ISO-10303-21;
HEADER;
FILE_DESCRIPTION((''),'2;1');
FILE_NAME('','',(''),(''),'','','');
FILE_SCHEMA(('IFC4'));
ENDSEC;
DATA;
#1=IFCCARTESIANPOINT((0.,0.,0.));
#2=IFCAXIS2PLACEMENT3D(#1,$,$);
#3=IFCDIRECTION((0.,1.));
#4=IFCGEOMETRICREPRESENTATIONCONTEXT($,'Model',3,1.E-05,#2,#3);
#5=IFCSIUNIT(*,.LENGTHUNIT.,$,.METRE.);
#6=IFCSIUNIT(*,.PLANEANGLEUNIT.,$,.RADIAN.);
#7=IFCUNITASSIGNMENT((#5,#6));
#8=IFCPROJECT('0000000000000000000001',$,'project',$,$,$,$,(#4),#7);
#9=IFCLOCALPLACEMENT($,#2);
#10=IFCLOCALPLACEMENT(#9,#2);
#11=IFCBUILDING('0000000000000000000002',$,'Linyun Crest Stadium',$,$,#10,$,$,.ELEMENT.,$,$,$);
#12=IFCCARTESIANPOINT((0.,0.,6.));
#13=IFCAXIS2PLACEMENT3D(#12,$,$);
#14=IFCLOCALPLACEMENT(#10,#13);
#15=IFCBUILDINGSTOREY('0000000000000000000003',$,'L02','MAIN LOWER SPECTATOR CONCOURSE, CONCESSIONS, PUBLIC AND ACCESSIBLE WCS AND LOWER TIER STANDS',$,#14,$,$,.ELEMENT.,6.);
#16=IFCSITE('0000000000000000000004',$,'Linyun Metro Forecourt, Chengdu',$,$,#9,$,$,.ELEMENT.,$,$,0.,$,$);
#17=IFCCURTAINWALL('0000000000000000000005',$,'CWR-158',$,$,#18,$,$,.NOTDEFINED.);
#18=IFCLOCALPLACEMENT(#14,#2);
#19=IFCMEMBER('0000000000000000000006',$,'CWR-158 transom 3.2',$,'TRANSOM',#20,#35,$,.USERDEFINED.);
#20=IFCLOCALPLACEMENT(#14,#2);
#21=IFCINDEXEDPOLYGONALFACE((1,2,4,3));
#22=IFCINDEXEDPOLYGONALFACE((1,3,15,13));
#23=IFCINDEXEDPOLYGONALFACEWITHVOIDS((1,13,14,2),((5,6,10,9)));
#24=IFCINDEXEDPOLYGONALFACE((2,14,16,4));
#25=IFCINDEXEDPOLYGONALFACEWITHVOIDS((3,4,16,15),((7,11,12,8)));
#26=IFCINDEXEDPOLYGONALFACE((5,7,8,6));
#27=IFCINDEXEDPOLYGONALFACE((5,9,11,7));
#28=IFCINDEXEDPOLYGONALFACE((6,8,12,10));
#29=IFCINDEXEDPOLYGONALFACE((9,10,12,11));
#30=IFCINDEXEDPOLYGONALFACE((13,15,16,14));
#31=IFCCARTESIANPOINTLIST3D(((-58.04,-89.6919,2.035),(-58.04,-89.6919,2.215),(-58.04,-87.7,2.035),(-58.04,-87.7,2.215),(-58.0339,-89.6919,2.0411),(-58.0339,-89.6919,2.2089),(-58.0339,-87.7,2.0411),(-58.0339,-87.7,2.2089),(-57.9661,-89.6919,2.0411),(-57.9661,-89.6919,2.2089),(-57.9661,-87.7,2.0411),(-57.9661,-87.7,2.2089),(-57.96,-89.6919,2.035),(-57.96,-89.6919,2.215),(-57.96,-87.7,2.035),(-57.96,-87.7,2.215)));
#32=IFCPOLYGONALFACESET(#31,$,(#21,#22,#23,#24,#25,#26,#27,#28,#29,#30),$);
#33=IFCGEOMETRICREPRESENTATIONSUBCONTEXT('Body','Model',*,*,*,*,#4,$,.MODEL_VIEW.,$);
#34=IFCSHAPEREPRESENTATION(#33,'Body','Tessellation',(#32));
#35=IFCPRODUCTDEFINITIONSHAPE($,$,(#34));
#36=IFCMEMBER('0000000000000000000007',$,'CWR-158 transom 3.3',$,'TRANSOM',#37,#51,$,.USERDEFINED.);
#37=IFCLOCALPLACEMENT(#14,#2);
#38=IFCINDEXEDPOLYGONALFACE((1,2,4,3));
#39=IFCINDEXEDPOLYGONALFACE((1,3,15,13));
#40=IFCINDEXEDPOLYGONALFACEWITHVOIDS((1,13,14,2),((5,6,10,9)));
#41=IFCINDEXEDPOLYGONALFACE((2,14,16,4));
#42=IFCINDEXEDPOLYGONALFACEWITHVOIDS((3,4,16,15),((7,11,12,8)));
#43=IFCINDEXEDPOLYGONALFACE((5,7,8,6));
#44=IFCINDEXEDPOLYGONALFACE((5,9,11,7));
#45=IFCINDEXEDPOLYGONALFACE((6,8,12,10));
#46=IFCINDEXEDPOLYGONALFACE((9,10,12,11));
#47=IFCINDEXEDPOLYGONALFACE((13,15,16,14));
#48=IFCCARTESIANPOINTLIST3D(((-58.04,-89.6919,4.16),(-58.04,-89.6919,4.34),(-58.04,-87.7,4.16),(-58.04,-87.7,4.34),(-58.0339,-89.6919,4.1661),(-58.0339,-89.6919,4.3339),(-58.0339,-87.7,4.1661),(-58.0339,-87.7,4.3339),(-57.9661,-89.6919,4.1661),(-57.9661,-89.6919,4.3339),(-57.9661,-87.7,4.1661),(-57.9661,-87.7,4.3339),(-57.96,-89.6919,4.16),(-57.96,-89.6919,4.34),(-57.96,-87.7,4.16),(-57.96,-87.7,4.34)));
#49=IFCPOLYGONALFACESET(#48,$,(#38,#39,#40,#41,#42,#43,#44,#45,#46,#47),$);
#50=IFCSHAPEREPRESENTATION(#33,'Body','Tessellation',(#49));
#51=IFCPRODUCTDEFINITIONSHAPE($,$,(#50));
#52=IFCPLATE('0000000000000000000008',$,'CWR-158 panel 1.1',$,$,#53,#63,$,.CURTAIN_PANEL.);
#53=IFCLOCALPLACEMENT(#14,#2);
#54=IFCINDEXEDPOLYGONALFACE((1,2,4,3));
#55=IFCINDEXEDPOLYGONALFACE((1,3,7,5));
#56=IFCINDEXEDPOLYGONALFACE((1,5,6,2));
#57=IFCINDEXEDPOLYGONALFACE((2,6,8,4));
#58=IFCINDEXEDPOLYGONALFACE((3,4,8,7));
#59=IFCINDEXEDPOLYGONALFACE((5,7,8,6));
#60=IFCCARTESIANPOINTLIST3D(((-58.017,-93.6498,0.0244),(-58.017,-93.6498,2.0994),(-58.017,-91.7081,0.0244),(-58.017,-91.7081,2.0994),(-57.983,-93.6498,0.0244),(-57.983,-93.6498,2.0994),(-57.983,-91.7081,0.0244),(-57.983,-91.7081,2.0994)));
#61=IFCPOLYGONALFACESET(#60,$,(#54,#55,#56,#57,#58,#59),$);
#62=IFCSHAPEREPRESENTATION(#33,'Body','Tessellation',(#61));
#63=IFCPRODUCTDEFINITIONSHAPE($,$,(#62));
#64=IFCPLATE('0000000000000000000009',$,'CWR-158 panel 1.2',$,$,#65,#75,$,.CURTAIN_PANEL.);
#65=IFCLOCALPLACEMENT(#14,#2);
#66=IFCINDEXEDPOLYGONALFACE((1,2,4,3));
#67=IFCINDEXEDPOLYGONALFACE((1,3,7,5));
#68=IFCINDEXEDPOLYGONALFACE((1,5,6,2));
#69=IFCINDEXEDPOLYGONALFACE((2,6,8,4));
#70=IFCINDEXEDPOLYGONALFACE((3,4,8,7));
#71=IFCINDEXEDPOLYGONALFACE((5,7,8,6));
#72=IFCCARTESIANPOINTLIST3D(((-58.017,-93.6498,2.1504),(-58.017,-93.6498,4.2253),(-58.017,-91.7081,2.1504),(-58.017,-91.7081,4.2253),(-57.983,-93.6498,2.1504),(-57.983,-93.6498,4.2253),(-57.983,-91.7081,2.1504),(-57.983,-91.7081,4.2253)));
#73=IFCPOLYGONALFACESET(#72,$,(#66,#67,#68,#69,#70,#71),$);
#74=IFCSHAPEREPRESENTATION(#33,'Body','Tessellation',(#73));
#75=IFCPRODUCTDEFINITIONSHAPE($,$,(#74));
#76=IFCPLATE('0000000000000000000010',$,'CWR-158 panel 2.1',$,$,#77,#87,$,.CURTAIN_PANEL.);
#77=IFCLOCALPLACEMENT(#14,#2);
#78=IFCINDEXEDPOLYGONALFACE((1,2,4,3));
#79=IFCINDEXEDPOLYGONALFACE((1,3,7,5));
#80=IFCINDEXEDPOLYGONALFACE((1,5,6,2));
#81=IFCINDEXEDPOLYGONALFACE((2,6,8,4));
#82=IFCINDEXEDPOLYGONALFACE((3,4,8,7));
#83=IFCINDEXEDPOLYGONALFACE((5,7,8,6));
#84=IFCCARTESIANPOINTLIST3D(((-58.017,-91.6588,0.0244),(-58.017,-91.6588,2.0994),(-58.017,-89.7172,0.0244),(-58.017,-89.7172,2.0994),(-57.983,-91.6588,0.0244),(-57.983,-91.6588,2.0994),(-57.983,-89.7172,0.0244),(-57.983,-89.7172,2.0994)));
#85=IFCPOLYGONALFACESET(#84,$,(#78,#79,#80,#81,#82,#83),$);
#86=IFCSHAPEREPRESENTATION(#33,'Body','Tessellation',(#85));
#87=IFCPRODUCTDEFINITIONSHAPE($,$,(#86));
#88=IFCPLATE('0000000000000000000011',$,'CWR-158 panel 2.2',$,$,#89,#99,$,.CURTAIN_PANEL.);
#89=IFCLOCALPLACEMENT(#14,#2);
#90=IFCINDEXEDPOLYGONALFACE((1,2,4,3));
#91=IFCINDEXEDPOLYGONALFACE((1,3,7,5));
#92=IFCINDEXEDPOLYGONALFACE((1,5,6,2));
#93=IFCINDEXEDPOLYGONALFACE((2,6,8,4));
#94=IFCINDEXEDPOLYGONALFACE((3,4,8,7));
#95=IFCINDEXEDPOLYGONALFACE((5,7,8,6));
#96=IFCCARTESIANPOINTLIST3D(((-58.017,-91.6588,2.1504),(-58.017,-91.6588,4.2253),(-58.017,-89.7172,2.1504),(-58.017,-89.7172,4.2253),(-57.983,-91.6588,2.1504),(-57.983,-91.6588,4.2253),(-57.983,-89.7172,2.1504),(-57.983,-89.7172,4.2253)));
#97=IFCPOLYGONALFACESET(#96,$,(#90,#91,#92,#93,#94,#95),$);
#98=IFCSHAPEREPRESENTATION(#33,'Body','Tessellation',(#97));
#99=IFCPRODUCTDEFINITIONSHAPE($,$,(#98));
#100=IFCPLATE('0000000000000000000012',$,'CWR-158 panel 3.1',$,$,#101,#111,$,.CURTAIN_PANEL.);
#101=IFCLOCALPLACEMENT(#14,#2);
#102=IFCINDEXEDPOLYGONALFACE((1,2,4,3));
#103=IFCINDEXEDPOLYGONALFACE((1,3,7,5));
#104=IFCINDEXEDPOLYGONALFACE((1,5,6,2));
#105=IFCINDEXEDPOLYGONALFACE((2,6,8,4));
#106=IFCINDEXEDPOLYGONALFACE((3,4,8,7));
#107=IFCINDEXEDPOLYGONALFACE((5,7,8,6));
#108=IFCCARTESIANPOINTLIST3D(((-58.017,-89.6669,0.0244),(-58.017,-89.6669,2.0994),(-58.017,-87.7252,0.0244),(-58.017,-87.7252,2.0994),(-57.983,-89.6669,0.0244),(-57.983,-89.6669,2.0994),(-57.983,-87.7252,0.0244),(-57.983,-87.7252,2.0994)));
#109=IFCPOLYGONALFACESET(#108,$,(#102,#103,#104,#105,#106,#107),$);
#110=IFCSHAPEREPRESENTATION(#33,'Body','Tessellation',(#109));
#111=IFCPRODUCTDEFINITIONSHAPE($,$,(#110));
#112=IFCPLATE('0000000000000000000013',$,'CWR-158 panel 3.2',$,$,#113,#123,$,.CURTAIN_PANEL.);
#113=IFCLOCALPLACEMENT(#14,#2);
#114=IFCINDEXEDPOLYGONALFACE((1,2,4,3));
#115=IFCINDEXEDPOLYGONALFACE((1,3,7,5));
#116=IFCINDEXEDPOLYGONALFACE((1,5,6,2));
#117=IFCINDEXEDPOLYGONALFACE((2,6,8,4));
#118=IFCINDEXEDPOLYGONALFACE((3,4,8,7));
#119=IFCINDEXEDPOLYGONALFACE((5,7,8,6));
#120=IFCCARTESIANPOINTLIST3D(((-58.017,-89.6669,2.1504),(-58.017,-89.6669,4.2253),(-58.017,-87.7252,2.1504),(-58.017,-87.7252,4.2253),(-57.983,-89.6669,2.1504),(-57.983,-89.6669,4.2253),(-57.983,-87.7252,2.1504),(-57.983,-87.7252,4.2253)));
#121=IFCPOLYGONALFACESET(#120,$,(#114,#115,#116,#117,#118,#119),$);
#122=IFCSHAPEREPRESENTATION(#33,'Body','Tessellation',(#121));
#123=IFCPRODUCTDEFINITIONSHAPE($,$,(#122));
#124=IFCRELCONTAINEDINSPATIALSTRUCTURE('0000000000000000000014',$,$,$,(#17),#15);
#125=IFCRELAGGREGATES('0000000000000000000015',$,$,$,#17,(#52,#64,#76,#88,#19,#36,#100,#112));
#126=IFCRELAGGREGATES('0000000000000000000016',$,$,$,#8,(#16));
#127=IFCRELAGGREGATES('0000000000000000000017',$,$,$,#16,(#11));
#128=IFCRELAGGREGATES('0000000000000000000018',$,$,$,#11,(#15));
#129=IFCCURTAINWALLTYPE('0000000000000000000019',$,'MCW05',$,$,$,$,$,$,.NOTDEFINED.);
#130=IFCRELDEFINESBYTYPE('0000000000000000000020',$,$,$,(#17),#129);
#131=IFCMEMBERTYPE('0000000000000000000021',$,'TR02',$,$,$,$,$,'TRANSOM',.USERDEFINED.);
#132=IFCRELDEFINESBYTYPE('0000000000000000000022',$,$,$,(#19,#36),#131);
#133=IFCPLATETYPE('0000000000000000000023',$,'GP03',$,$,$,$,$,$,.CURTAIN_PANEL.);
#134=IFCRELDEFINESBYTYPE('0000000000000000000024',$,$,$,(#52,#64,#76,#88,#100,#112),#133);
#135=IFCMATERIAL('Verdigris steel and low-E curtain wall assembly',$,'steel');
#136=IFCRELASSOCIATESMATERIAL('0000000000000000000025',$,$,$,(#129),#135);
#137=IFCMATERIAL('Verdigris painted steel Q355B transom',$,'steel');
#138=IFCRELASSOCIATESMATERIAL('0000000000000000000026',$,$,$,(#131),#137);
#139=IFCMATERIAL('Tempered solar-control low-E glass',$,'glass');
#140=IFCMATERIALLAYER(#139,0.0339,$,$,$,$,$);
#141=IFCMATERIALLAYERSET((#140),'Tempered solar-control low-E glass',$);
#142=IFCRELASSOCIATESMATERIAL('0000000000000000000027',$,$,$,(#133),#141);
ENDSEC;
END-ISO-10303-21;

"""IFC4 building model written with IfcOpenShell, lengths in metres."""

from ifc_helpers import new_model, si_unit, direction, frame, origin, origin_2d, place, context, subcontext, project, spatial, rectangle, hollow_rectangle, extrude, material, layer, layer_set, material_profile, profile_set, type_object, element, aggregate, save


model = new_model("IFC4")

# Units and contexts
model_context = context("Model", 3, precision=1e-05, world=origin(), true_north=direction((0.0, 1.0)))
body_context = subcontext(model_context, "Body", "Model", "MODEL_VIEW")
ifc_project = project(units=[si_unit("LENGTHUNIT", "METRE"), si_unit("PLANEANGLEUNIT", "RADIAN")], contexts=[model_context])

# Site, building, storey
site_placement = place(None, origin())
site = spatial("IfcSite", under=ifc_project, at=site_placement, Name="Linyun Metro Forecourt, Chengdu", CompositionType="ELEMENT", RefElevation=0.0)
building_placement = place(site_placement, origin())
building = spatial("IfcBuilding", under=site, at=building_placement, Name="Linyun Crest Stadium", CompositionType="ELEMENT")
storey_placement = place(building_placement, frame((0.0, 0.0, 6.0)))
storey = spatial("IfcBuildingStorey", under=building, at=storey_placement, Name="L02", Description="MAIN LOWER SPECTATOR CONCOURSE, CONCESSIONS, PUBLIC AND ACCESSIBLE WCS AND LOWER TIER STANDS", CompositionType="ELEMENT", Elevation=6.0)

# Curtain wall
ifc_material_1 = material(Name="Verdigris steel and low-E curtain wall assembly", Category="steel")
curtain_wall_type = type_object("IfcCurtainWallType", Name="MCW05", PredefinedType="NOTDEFINED", material=ifc_material_1)
curtain_wall_placement = place(storey_placement, origin())
curtain_wall = element("IfcCurtainWall", 1, at=curtain_wall_placement, inside=storey, type_object=curtain_wall_type, Name="CWR-158", PredefinedType="NOTDEFINED")

# Members
ifc_material_2 = material(Name="Verdigris painted steel Q355B transom", Category="steel")
ifc_material_profile_1 = material_profile(ifc_material_2, hollow_rectangle(XDim=0.0801, YDim=0.1799, WallThickness=0.0061, at=origin_2d()), Name="RHS 180x80x6")
ifc_profile_set_1 = profile_set([ifc_material_profile_1], Name="Verdigris painted steel Q355B transom")
member_type_1 = type_object("IfcMemberType", Name="TR02", ElementType="TRANSOM", PredefinedType="USERDEFINED", material=ifc_profile_set_1)
member_1_placement = place(storey_placement, frame((-58.0, -89.6919, 2.125), z_axis=(0.0, 1.0, 0.0), x_axis=(-1.0, 0.0, 0.0)))
member_1 = element("IfcMember", 2, at=member_1_placement, type_object=member_type_1, Name="CWR-158 transom 3.2", ObjectType="TRANSOM", PredefinedType="USERDEFINED", context=body_context, shape_type="SweptSolid", body=[
    extrude(hollow_rectangle(XDim=0.0801, YDim=0.1799, WallThickness=0.0061, at=origin_2d()), origin(), (0.0, 0.0, 1.0), 1.9919),
])
member_2_placement = place(storey_placement, frame((-58.0, -89.6919, 4.25), z_axis=(0.0, 1.0, 0.0), x_axis=(-1.0, 0.0, 0.0)))
member_2 = element("IfcMember", 3, at=member_2_placement, type_object=member_type_1, Name="CWR-158 transom 3.3", ObjectType="TRANSOM", PredefinedType="USERDEFINED", context=body_context, shape_type="SweptSolid", body=[
    extrude(hollow_rectangle(XDim=0.0801, YDim=0.1799, WallThickness=0.0061, at=origin_2d()), origin(), (0.0, 0.0, 1.0), 1.9919),
])

# Plates
ifc_material_3 = material(Name="Tempered solar-control low-E glass", Category="glass")
ifc_layer = layer(ifc_material_3, 0.0339)
ifc_layer_set = layer_set([ifc_layer], Name="Tempered solar-control low-E glass")
plate_type = type_object("IfcPlateType", Name="GP03", PredefinedType="CURTAIN_PANEL", material=ifc_layer_set)
plate_1_placement = place(storey_placement, frame((-58.0, -92.679, 0.0244), z_axis=(0.0, 0.0, 1.0), x_axis=(0.0, 1.0, 0.0)))
plate_1 = element("IfcPlate", 4, at=plate_1_placement, type_object=plate_type, Name="CWR-158 panel 1.1", PredefinedType="CURTAIN_PANEL", context=body_context, shape_type="SweptSolid", body=[
    extrude(rectangle(XDim=1.9417, YDim=0.0339, at=origin_2d()), origin(), (0.0, 0.0, 1.0), 2.075),
])
plate_2_placement = place(storey_placement, frame((-58.0, -92.679, 2.1504), z_axis=(0.0, 0.0, 1.0), x_axis=(0.0, 1.0, 0.0)))
plate_2 = element("IfcPlate", 5, at=plate_2_placement, type_object=plate_type, Name="CWR-158 panel 1.2", PredefinedType="CURTAIN_PANEL", context=body_context, shape_type="SweptSolid", body=[
    extrude(rectangle(XDim=1.9417, YDim=0.0339, at=origin_2d()), origin(), (0.0, 0.0, 1.0), 2.075),
])
plate_3_placement = place(storey_placement, frame((-58.0, -90.688, 0.0244), z_axis=(0.0, 0.0, 1.0), x_axis=(0.0, 1.0, 0.0)))
plate_3 = element("IfcPlate", 6, at=plate_3_placement, type_object=plate_type, Name="CWR-158 panel 2.1", PredefinedType="CURTAIN_PANEL", context=body_context, shape_type="SweptSolid", body=[
    extrude(rectangle(XDim=1.9417, YDim=0.0339, at=origin_2d()), origin(), (0.0, 0.0, 1.0), 2.075),
])
plate_4_placement = place(storey_placement, frame((-58.0, -90.688, 2.1504), z_axis=(0.0, 0.0, 1.0), x_axis=(0.0, 1.0, 0.0)))
plate_4 = element("IfcPlate", 7, at=plate_4_placement, type_object=plate_type, Name="CWR-158 panel 2.2", PredefinedType="CURTAIN_PANEL", context=body_context, shape_type="SweptSolid", body=[
    extrude(rectangle(XDim=1.9417, YDim=0.0339, at=origin_2d()), origin(), (0.0, 0.0, 1.0), 2.075),
])
plate_5_placement = place(storey_placement, frame((-58.0, -88.696, 0.0244), z_axis=(0.0, 0.0, 1.0), x_axis=(0.0, 1.0, 0.0)))
plate_5 = element("IfcPlate", 8, at=plate_5_placement, type_object=plate_type, Name="CWR-158 panel 3.1", PredefinedType="CURTAIN_PANEL", context=body_context, shape_type="SweptSolid", body=[
    extrude(rectangle(XDim=1.9417, YDim=0.0339, at=origin_2d()), origin(), (0.0, 0.0, 1.0), 2.075),
])
plate_6_placement = place(storey_placement, frame((-58.0, -88.696, 2.1504), z_axis=(0.0, 0.0, 1.0), x_axis=(0.0, 1.0, 0.0)))
plate_6 = element("IfcPlate", 9, at=plate_6_placement, type_object=plate_type, Name="CWR-158 panel 3.2", PredefinedType="CURTAIN_PANEL", context=body_context, shape_type="SweptSolid", body=[
    extrude(rectangle(XDim=1.9417, YDim=0.0339, at=origin_2d()), origin(), (0.0, 0.0, 1.0), 2.075),
])
aggregate(curtain_wall, [plate_1, plate_2, plate_3, plate_4, member_1, member_2, plate_5, plate_6])

save(model, "model.ifc")
